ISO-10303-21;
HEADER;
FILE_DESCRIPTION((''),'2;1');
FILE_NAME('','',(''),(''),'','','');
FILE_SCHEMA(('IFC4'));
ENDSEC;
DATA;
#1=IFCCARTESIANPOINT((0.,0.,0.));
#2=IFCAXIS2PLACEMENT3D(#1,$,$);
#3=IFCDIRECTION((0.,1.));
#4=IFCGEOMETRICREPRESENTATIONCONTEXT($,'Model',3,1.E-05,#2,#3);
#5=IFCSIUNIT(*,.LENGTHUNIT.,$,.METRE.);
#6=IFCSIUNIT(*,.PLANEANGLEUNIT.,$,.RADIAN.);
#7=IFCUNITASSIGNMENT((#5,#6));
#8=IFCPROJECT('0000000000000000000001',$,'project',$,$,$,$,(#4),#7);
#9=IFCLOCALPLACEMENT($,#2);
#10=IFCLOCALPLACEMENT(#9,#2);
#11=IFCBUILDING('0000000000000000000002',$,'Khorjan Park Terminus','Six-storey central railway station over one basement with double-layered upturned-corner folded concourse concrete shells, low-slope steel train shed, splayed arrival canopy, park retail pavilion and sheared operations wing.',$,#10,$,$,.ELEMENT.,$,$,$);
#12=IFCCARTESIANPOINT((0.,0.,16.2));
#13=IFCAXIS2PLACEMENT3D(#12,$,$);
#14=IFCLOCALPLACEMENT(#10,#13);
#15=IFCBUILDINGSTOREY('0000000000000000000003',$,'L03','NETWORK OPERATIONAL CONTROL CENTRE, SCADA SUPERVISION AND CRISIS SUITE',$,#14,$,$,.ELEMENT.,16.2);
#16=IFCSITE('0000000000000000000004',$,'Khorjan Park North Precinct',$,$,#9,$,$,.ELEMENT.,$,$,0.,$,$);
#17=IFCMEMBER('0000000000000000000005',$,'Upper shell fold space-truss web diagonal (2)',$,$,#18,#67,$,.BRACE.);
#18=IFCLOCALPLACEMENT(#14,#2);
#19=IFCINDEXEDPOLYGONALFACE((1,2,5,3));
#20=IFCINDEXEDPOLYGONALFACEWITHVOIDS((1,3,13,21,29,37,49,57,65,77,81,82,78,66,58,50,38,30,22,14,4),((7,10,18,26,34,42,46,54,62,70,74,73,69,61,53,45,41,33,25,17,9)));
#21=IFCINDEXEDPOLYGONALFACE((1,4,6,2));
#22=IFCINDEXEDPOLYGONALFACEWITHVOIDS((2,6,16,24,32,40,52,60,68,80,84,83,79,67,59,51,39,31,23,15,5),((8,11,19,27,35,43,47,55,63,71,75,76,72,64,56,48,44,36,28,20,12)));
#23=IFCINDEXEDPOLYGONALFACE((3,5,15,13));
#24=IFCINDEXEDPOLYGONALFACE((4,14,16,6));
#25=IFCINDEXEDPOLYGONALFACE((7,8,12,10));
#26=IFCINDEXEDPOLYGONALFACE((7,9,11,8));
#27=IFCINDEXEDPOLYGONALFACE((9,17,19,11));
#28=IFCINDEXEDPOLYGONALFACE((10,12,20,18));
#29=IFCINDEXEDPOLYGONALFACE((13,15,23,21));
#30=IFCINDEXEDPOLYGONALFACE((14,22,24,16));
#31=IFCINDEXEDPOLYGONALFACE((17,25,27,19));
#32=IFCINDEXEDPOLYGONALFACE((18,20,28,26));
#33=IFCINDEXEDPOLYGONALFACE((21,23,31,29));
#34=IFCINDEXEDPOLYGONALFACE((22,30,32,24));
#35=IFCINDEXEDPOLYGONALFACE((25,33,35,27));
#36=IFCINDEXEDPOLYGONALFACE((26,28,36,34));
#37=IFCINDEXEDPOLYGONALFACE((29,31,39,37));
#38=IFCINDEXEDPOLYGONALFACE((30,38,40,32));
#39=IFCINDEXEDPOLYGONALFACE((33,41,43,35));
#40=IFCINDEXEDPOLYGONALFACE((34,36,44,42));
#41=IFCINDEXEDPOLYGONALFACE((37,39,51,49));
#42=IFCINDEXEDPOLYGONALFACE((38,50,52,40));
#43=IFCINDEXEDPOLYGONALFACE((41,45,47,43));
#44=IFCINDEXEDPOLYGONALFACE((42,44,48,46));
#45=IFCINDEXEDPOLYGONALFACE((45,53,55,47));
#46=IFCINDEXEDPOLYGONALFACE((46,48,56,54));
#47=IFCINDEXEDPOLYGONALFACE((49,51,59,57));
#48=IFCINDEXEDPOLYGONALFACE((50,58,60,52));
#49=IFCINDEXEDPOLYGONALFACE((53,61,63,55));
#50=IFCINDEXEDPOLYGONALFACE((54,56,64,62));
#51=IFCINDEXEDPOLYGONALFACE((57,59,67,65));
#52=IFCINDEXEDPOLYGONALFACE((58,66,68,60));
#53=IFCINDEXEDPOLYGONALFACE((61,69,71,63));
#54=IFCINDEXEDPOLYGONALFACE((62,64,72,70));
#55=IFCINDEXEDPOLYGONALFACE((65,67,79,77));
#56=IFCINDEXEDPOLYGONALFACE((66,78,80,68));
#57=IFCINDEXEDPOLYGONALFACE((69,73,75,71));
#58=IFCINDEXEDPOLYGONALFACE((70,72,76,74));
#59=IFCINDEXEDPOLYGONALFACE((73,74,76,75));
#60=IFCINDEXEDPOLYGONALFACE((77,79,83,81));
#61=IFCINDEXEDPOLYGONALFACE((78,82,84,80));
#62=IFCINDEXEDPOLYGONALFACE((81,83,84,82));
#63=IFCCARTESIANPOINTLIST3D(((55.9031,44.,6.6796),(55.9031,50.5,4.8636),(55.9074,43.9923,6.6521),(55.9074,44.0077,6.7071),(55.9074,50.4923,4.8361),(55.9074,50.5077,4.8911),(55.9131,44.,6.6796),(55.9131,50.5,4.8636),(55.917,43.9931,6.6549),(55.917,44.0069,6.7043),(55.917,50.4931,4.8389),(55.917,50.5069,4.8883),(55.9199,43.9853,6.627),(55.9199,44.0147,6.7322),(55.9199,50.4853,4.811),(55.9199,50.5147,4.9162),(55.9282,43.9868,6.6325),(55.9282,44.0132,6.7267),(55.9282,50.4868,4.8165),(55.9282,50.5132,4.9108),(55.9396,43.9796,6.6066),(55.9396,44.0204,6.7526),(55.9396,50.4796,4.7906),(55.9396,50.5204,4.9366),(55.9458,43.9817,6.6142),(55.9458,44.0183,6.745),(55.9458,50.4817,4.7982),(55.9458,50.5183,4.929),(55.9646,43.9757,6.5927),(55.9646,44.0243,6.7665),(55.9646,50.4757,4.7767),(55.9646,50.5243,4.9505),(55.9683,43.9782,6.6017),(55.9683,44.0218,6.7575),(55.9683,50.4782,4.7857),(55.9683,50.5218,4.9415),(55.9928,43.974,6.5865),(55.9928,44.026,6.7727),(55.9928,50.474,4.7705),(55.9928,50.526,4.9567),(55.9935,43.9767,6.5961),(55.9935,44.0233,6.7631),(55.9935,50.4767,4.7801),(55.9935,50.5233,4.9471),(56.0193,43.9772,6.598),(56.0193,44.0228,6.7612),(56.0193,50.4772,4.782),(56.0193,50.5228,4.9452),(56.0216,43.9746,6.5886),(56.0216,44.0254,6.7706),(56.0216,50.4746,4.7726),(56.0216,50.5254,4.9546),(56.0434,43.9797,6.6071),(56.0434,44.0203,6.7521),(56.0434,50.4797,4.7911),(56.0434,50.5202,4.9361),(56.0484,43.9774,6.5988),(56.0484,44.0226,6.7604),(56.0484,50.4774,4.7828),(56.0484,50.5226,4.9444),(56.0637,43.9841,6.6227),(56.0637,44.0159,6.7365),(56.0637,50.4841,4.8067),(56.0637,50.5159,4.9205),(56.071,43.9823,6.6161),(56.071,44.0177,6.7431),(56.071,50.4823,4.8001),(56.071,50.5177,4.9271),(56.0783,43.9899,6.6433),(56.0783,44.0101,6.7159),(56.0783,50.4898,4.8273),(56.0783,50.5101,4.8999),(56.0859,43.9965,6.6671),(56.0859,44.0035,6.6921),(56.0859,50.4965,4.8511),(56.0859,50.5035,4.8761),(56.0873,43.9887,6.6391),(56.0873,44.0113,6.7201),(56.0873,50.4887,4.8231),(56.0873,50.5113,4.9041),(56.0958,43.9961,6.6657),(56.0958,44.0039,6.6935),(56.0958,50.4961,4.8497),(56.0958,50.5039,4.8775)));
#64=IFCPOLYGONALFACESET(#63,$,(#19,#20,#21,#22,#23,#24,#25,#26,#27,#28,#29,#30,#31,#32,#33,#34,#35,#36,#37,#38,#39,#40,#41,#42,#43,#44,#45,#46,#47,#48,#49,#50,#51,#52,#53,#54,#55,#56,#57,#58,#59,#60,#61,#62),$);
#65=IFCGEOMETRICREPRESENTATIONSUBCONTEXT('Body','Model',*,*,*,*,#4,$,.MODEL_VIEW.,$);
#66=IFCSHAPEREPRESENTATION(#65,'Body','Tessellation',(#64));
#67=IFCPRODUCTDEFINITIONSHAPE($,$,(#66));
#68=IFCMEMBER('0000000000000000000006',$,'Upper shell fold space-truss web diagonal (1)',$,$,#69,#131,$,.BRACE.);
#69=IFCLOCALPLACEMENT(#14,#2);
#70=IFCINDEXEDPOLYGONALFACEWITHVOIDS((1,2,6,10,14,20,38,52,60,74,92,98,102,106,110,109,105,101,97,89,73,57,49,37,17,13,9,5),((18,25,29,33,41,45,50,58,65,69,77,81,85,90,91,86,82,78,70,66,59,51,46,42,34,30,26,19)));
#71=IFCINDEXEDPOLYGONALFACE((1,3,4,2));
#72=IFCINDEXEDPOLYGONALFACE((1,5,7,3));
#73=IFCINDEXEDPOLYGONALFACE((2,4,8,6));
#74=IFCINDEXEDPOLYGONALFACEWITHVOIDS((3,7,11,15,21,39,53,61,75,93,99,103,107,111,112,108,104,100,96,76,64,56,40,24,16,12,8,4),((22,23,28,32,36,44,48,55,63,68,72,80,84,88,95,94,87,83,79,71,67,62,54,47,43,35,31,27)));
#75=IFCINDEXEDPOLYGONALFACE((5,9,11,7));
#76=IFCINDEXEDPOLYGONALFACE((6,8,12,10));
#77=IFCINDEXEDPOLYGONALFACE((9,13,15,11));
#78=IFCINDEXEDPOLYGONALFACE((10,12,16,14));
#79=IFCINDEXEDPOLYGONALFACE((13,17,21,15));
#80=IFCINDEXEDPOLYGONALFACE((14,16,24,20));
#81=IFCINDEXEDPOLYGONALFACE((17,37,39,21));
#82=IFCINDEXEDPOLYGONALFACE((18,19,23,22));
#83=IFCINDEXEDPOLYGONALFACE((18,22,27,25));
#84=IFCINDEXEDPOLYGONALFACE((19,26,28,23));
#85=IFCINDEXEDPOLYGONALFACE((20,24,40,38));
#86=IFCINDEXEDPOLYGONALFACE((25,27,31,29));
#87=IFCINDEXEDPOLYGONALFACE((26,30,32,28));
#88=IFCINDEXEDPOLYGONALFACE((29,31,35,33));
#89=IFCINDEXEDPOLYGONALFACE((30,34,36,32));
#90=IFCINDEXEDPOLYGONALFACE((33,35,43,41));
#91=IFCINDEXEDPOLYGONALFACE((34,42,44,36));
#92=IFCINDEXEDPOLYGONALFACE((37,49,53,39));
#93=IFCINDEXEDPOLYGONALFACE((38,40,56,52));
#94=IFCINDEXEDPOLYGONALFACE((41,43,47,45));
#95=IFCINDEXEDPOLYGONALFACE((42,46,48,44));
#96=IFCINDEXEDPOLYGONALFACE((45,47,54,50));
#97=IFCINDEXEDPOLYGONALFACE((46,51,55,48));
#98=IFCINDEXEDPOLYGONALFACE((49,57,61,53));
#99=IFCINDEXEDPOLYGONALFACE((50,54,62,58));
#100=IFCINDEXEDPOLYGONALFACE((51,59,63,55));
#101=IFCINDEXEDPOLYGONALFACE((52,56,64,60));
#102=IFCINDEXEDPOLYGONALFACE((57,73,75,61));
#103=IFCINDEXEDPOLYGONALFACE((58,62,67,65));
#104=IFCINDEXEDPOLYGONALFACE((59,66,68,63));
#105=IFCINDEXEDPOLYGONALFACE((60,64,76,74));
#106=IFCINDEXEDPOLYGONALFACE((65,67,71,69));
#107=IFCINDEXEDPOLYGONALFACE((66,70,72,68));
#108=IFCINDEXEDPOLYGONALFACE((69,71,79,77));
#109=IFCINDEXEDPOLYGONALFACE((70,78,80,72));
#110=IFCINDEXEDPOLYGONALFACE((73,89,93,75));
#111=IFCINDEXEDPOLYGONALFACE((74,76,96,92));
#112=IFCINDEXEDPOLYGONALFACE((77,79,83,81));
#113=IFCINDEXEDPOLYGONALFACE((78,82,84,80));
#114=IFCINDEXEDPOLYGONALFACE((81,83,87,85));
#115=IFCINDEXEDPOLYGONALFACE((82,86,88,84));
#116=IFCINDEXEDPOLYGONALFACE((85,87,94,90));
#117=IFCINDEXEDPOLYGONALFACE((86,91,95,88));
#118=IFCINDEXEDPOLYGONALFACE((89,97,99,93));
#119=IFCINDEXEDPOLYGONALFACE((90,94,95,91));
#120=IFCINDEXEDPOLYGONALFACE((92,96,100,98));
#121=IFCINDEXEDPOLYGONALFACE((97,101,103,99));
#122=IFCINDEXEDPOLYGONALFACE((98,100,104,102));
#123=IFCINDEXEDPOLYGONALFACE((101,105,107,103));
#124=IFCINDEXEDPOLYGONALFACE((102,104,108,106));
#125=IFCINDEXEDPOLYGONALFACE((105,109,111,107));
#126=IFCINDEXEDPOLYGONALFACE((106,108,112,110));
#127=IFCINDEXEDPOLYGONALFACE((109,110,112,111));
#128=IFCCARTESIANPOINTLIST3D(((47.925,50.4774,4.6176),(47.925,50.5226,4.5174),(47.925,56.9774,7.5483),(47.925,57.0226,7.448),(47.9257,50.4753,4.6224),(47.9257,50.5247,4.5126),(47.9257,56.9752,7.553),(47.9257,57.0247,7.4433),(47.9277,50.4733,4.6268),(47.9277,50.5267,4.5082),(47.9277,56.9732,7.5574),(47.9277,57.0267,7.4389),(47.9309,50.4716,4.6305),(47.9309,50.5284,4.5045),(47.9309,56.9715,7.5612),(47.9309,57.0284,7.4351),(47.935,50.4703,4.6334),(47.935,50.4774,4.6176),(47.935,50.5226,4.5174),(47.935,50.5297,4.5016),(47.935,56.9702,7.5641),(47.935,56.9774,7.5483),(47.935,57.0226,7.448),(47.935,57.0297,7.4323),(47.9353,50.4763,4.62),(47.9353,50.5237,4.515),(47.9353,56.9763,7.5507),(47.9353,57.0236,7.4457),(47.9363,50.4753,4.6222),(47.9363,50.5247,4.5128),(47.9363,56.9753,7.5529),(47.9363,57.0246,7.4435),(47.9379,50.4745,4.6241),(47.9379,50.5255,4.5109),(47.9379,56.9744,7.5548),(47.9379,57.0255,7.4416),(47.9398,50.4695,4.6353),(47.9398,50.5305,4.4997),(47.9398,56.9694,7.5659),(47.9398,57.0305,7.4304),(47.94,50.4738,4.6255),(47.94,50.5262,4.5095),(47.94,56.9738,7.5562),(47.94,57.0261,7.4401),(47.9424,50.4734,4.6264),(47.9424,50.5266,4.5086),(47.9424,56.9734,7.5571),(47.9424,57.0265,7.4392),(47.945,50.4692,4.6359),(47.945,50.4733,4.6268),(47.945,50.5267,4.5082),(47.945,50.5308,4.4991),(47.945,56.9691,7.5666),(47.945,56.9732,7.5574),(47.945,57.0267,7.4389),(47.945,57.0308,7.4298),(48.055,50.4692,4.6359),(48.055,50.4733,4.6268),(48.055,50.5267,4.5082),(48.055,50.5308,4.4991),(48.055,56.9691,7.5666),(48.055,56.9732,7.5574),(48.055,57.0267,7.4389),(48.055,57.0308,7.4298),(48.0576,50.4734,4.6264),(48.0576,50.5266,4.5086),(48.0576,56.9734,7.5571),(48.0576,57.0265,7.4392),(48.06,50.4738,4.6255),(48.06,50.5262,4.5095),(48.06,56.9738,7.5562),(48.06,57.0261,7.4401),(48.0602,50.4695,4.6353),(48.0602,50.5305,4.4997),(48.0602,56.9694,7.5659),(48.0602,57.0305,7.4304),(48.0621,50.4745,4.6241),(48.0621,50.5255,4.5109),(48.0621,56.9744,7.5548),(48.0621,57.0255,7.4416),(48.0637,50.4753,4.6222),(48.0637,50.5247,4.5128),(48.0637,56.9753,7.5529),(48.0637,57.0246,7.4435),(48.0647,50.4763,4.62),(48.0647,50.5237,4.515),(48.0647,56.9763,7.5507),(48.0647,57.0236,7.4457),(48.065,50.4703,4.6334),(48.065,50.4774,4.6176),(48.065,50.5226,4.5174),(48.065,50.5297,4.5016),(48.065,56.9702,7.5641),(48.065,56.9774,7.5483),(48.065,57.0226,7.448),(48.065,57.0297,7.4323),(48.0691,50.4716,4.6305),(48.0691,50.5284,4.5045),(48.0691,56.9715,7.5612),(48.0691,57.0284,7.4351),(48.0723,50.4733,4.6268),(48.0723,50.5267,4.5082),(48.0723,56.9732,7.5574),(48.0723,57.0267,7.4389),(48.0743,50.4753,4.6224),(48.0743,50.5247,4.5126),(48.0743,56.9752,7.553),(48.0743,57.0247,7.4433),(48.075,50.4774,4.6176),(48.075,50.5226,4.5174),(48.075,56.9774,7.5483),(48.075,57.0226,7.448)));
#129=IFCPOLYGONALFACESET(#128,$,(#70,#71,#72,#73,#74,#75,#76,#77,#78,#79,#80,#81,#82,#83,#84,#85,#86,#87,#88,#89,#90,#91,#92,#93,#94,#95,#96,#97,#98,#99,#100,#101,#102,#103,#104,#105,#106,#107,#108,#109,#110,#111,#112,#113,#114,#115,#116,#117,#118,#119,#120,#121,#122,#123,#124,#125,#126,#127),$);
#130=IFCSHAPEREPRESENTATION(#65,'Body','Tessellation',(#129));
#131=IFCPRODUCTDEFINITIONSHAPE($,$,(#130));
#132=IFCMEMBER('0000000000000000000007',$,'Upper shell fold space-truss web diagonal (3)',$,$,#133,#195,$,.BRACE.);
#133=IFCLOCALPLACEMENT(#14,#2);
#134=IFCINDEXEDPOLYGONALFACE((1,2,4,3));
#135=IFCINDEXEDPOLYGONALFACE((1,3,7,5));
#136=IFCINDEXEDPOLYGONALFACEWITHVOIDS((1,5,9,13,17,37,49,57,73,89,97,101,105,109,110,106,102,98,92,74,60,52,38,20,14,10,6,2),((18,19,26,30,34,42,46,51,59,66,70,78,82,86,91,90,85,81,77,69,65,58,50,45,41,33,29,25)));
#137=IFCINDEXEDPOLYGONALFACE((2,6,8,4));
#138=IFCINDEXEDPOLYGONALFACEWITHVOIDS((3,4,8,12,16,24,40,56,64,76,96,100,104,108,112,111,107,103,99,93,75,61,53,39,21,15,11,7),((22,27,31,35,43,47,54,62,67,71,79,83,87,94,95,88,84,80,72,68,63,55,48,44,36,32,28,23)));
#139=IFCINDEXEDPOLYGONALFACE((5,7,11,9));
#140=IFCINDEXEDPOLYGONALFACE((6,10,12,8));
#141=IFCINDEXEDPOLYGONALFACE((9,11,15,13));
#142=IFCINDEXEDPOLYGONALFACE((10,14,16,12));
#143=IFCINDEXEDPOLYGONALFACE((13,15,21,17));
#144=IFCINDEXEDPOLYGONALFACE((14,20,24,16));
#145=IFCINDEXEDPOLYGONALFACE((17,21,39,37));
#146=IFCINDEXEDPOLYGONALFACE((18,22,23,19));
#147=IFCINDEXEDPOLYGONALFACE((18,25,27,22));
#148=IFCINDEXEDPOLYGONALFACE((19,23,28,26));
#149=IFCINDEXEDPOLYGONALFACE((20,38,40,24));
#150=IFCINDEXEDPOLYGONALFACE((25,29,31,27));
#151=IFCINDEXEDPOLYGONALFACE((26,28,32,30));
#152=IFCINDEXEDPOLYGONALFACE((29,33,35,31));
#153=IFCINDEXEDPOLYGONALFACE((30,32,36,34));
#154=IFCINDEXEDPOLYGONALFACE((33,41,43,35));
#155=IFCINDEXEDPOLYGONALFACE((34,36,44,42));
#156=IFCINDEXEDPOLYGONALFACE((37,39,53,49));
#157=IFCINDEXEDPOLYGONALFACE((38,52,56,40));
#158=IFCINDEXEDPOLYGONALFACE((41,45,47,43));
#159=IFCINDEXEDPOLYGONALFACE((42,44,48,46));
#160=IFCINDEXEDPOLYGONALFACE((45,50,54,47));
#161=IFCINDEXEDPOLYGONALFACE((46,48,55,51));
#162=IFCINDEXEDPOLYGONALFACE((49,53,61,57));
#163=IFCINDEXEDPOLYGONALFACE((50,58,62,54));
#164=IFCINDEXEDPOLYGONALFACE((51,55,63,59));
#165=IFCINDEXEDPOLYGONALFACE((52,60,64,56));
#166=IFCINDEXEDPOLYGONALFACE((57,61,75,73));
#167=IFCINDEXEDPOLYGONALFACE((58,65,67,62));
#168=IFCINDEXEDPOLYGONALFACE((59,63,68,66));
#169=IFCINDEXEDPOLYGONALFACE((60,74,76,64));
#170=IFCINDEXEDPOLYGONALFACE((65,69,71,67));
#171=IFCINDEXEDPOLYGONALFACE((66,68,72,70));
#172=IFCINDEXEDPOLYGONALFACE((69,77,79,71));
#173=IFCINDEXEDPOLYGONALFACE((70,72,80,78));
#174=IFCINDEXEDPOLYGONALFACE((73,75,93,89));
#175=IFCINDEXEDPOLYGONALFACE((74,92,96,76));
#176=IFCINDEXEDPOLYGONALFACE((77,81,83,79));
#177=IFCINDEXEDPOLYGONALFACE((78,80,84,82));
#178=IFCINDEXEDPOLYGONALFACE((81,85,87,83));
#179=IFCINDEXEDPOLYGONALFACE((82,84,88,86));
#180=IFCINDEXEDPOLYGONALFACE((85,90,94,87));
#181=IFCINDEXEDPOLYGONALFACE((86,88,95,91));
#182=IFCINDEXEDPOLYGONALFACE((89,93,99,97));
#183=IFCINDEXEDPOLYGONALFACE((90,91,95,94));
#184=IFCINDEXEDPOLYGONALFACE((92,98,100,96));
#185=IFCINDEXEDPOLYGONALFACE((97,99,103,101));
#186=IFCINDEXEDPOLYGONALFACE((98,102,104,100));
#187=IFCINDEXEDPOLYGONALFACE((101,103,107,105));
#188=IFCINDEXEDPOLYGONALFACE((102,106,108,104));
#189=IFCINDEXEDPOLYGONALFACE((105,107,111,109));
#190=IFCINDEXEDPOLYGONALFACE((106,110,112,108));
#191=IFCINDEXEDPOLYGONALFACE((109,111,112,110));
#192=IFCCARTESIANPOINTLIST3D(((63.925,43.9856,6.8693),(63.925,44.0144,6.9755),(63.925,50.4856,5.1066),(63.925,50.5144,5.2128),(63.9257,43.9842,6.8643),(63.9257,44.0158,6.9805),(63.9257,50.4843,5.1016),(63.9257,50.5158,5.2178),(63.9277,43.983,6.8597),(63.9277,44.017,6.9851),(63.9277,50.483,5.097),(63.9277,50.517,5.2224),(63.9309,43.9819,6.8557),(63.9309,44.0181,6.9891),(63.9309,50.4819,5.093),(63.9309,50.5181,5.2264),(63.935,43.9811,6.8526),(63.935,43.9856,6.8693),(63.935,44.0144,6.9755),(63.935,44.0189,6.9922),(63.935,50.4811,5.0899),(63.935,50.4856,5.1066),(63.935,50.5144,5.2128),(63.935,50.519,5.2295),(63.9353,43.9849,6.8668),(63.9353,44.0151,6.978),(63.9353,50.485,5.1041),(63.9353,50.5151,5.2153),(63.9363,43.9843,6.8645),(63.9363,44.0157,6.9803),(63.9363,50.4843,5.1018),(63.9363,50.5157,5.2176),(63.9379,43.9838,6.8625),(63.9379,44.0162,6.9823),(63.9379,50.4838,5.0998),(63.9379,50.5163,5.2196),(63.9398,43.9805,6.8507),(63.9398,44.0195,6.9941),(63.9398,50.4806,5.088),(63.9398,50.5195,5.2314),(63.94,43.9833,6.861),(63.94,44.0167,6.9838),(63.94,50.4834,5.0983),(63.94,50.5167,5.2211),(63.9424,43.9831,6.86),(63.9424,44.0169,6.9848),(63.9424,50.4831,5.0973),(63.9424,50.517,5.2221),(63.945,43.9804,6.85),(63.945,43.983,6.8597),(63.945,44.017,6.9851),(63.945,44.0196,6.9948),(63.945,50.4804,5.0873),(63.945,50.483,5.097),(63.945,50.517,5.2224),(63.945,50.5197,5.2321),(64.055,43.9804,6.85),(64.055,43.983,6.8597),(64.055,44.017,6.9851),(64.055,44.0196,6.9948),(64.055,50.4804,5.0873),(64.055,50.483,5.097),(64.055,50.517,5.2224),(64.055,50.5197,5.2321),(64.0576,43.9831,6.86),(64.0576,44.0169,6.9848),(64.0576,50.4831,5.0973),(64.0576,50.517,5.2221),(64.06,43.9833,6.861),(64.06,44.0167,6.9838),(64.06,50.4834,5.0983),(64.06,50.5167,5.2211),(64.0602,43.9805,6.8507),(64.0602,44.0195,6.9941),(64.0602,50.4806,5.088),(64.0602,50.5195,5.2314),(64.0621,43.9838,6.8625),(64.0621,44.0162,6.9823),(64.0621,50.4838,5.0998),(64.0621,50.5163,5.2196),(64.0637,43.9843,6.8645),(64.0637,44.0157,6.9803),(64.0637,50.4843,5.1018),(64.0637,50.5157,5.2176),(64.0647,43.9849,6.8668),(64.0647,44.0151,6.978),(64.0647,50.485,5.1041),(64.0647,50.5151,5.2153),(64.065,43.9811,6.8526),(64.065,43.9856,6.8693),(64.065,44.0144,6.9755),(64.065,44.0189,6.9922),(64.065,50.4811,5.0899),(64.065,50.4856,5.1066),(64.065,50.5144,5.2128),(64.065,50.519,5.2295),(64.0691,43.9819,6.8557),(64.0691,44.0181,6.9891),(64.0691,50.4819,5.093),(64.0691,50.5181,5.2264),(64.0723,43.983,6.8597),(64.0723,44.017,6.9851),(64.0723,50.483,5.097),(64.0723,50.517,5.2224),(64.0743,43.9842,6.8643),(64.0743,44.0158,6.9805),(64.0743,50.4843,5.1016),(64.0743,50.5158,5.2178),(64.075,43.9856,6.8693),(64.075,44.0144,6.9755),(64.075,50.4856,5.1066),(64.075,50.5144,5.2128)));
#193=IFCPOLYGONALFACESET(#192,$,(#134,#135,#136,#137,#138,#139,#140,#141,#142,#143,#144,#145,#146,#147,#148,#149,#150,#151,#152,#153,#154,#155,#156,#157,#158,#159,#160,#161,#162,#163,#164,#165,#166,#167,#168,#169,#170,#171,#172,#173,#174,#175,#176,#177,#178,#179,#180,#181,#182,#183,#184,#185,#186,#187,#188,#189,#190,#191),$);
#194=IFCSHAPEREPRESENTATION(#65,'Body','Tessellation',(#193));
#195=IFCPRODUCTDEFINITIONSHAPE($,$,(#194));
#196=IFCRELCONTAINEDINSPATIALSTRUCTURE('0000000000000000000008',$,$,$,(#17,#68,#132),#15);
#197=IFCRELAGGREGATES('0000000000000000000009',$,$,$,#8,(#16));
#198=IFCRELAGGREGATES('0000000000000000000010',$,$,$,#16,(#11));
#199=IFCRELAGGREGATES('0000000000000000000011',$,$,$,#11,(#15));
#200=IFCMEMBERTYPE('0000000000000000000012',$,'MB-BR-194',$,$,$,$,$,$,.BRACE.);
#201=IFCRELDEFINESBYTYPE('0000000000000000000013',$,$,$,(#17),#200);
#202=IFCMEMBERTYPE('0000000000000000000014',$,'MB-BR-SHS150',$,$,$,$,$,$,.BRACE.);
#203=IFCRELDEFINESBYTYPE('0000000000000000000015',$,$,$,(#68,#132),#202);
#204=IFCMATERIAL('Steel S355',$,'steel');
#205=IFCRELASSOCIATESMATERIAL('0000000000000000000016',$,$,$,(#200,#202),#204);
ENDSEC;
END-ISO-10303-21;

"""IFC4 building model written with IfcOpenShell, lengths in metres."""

from ifc_helpers import new_model, si_unit, direction, frame, origin, origin_2d, place, context, subcontext, project, spatial, hollow_rectangle, hollow_circle, extrude, material, material_profile, profile_set, type_object, element, save


model = new_model("IFC4")

# Units and contexts
model_context = context("Model", 3, precision=1e-05, world=origin(), true_north=direction((0.0, 1.0)))
body_context = subcontext(model_context, "Body", "Model", "MODEL_VIEW")
ifc_project = project(units=[si_unit("LENGTHUNIT", "METRE"), si_unit("PLANEANGLEUNIT", "RADIAN")], contexts=[model_context])

# Site, building, storey
site_placement = place(None, origin())
site = spatial("IfcSite", under=ifc_project, at=site_placement, Name="Khorjan Park North Precinct", CompositionType="ELEMENT", RefElevation=0.0)
building_placement = place(site_placement, origin())
building = spatial("IfcBuilding", under=site, at=building_placement, Name="Khorjan Park Terminus", Description="Six-storey central railway station over one basement with double-layered upturned-corner folded concourse concrete shells, low-slope steel train shed, splayed arrival canopy, park retail pavilion and sheared operations wing.", CompositionType="ELEMENT")
storey_placement = place(building_placement, frame((0.0, 0.0, 16.2)))
storey = spatial("IfcBuildingStorey", under=building, at=storey_placement, Name="L03", Description="NETWORK OPERATIONAL CONTROL CENTRE, SCADA SUPERVISION AND CRISIS SUITE", CompositionType="ELEMENT", Elevation=16.2)

# Members
ifc_material_1 = material(Name="Steel S355", Category="steel")
ifc_material_profile_1 = material_profile(ifc_material_1, hollow_circle(Radius=0.0969, WallThickness=0.01, at=origin_2d()), Name="CHS 193.7x10")
ifc_profile_set_1 = profile_set([ifc_material_profile_1], Name="Steel S355")
member_type_1 = type_object("IfcMemberType", Name="MB-BR-194", PredefinedType="BRACE", material=ifc_profile_set_1)
member_1_placement = place(storey_placement, frame((56.0, 44.0, 6.6796), z_axis=(0.0, 0.963118, -0.26908), x_axis=(-1.0, 0.0, 0.0)))
element("IfcMember", 1, at=member_1_placement, inside=storey, type_object=member_type_1, Name="Upper shell fold space-truss web diagonal (2)", PredefinedType="BRACE", context=body_context, shape_type="SweptSolid", body=[
    extrude(hollow_circle(Radius=0.0969, WallThickness=0.01, at=origin_2d()), origin(), (0.0, 0.0, 1.0), 6.7489),
])
ifc_material_profile_2 = material_profile(ifc_material_1, hollow_rectangle(XDim=0.15, YDim=0.15, WallThickness=0.01, InnerFilletRadius=0.01, OuterFilletRadius=0.02, at=origin_2d()), Name="SHS 150x150x10")
ifc_profile_set_2 = profile_set([ifc_material_profile_2], Name="Steel S355")
member_type_2 = type_object("IfcMemberType", Name="MB-BR-SHS150", PredefinedType="BRACE", material=ifc_profile_set_2)
member_2_placement = place(storey_placement, frame((48.0, 50.5, 4.5675), z_axis=(0.0, 0.911622, 0.411029), x_axis=(-1.0, 0.0, 0.0)))
element("IfcMember", 2, at=member_2_placement, inside=storey, type_object=member_type_2, Name="Upper shell fold space-truss web diagonal (1)", PredefinedType="BRACE", context=body_context, shape_type="SweptSolid", body=[
    extrude(hollow_rectangle(XDim=0.15, YDim=0.15, WallThickness=0.01, InnerFilletRadius=0.01, OuterFilletRadius=0.02, at=origin_2d()), origin(), (0.0, 0.0, 1.0), 7.1301),
])
member_3_placement = place(storey_placement, frame((64.0, 44.0, 6.9224), z_axis=(0.0, 0.965141, -0.261731), x_axis=(-1.0, 0.0, 0.0)))
element("IfcMember", 3, at=member_3_placement, inside=storey, type_object=member_type_2, Name="Upper shell fold space-truss web diagonal (3)", PredefinedType="BRACE", context=body_context, shape_type="SweptSolid", body=[
    extrude(hollow_rectangle(XDim=0.15, YDim=0.15, WallThickness=0.01, InnerFilletRadius=0.01, OuterFilletRadius=0.02, at=origin_2d()), origin(), (0.0, 0.0, 1.0), 6.7348),
])

save(model, "model.ifc")
